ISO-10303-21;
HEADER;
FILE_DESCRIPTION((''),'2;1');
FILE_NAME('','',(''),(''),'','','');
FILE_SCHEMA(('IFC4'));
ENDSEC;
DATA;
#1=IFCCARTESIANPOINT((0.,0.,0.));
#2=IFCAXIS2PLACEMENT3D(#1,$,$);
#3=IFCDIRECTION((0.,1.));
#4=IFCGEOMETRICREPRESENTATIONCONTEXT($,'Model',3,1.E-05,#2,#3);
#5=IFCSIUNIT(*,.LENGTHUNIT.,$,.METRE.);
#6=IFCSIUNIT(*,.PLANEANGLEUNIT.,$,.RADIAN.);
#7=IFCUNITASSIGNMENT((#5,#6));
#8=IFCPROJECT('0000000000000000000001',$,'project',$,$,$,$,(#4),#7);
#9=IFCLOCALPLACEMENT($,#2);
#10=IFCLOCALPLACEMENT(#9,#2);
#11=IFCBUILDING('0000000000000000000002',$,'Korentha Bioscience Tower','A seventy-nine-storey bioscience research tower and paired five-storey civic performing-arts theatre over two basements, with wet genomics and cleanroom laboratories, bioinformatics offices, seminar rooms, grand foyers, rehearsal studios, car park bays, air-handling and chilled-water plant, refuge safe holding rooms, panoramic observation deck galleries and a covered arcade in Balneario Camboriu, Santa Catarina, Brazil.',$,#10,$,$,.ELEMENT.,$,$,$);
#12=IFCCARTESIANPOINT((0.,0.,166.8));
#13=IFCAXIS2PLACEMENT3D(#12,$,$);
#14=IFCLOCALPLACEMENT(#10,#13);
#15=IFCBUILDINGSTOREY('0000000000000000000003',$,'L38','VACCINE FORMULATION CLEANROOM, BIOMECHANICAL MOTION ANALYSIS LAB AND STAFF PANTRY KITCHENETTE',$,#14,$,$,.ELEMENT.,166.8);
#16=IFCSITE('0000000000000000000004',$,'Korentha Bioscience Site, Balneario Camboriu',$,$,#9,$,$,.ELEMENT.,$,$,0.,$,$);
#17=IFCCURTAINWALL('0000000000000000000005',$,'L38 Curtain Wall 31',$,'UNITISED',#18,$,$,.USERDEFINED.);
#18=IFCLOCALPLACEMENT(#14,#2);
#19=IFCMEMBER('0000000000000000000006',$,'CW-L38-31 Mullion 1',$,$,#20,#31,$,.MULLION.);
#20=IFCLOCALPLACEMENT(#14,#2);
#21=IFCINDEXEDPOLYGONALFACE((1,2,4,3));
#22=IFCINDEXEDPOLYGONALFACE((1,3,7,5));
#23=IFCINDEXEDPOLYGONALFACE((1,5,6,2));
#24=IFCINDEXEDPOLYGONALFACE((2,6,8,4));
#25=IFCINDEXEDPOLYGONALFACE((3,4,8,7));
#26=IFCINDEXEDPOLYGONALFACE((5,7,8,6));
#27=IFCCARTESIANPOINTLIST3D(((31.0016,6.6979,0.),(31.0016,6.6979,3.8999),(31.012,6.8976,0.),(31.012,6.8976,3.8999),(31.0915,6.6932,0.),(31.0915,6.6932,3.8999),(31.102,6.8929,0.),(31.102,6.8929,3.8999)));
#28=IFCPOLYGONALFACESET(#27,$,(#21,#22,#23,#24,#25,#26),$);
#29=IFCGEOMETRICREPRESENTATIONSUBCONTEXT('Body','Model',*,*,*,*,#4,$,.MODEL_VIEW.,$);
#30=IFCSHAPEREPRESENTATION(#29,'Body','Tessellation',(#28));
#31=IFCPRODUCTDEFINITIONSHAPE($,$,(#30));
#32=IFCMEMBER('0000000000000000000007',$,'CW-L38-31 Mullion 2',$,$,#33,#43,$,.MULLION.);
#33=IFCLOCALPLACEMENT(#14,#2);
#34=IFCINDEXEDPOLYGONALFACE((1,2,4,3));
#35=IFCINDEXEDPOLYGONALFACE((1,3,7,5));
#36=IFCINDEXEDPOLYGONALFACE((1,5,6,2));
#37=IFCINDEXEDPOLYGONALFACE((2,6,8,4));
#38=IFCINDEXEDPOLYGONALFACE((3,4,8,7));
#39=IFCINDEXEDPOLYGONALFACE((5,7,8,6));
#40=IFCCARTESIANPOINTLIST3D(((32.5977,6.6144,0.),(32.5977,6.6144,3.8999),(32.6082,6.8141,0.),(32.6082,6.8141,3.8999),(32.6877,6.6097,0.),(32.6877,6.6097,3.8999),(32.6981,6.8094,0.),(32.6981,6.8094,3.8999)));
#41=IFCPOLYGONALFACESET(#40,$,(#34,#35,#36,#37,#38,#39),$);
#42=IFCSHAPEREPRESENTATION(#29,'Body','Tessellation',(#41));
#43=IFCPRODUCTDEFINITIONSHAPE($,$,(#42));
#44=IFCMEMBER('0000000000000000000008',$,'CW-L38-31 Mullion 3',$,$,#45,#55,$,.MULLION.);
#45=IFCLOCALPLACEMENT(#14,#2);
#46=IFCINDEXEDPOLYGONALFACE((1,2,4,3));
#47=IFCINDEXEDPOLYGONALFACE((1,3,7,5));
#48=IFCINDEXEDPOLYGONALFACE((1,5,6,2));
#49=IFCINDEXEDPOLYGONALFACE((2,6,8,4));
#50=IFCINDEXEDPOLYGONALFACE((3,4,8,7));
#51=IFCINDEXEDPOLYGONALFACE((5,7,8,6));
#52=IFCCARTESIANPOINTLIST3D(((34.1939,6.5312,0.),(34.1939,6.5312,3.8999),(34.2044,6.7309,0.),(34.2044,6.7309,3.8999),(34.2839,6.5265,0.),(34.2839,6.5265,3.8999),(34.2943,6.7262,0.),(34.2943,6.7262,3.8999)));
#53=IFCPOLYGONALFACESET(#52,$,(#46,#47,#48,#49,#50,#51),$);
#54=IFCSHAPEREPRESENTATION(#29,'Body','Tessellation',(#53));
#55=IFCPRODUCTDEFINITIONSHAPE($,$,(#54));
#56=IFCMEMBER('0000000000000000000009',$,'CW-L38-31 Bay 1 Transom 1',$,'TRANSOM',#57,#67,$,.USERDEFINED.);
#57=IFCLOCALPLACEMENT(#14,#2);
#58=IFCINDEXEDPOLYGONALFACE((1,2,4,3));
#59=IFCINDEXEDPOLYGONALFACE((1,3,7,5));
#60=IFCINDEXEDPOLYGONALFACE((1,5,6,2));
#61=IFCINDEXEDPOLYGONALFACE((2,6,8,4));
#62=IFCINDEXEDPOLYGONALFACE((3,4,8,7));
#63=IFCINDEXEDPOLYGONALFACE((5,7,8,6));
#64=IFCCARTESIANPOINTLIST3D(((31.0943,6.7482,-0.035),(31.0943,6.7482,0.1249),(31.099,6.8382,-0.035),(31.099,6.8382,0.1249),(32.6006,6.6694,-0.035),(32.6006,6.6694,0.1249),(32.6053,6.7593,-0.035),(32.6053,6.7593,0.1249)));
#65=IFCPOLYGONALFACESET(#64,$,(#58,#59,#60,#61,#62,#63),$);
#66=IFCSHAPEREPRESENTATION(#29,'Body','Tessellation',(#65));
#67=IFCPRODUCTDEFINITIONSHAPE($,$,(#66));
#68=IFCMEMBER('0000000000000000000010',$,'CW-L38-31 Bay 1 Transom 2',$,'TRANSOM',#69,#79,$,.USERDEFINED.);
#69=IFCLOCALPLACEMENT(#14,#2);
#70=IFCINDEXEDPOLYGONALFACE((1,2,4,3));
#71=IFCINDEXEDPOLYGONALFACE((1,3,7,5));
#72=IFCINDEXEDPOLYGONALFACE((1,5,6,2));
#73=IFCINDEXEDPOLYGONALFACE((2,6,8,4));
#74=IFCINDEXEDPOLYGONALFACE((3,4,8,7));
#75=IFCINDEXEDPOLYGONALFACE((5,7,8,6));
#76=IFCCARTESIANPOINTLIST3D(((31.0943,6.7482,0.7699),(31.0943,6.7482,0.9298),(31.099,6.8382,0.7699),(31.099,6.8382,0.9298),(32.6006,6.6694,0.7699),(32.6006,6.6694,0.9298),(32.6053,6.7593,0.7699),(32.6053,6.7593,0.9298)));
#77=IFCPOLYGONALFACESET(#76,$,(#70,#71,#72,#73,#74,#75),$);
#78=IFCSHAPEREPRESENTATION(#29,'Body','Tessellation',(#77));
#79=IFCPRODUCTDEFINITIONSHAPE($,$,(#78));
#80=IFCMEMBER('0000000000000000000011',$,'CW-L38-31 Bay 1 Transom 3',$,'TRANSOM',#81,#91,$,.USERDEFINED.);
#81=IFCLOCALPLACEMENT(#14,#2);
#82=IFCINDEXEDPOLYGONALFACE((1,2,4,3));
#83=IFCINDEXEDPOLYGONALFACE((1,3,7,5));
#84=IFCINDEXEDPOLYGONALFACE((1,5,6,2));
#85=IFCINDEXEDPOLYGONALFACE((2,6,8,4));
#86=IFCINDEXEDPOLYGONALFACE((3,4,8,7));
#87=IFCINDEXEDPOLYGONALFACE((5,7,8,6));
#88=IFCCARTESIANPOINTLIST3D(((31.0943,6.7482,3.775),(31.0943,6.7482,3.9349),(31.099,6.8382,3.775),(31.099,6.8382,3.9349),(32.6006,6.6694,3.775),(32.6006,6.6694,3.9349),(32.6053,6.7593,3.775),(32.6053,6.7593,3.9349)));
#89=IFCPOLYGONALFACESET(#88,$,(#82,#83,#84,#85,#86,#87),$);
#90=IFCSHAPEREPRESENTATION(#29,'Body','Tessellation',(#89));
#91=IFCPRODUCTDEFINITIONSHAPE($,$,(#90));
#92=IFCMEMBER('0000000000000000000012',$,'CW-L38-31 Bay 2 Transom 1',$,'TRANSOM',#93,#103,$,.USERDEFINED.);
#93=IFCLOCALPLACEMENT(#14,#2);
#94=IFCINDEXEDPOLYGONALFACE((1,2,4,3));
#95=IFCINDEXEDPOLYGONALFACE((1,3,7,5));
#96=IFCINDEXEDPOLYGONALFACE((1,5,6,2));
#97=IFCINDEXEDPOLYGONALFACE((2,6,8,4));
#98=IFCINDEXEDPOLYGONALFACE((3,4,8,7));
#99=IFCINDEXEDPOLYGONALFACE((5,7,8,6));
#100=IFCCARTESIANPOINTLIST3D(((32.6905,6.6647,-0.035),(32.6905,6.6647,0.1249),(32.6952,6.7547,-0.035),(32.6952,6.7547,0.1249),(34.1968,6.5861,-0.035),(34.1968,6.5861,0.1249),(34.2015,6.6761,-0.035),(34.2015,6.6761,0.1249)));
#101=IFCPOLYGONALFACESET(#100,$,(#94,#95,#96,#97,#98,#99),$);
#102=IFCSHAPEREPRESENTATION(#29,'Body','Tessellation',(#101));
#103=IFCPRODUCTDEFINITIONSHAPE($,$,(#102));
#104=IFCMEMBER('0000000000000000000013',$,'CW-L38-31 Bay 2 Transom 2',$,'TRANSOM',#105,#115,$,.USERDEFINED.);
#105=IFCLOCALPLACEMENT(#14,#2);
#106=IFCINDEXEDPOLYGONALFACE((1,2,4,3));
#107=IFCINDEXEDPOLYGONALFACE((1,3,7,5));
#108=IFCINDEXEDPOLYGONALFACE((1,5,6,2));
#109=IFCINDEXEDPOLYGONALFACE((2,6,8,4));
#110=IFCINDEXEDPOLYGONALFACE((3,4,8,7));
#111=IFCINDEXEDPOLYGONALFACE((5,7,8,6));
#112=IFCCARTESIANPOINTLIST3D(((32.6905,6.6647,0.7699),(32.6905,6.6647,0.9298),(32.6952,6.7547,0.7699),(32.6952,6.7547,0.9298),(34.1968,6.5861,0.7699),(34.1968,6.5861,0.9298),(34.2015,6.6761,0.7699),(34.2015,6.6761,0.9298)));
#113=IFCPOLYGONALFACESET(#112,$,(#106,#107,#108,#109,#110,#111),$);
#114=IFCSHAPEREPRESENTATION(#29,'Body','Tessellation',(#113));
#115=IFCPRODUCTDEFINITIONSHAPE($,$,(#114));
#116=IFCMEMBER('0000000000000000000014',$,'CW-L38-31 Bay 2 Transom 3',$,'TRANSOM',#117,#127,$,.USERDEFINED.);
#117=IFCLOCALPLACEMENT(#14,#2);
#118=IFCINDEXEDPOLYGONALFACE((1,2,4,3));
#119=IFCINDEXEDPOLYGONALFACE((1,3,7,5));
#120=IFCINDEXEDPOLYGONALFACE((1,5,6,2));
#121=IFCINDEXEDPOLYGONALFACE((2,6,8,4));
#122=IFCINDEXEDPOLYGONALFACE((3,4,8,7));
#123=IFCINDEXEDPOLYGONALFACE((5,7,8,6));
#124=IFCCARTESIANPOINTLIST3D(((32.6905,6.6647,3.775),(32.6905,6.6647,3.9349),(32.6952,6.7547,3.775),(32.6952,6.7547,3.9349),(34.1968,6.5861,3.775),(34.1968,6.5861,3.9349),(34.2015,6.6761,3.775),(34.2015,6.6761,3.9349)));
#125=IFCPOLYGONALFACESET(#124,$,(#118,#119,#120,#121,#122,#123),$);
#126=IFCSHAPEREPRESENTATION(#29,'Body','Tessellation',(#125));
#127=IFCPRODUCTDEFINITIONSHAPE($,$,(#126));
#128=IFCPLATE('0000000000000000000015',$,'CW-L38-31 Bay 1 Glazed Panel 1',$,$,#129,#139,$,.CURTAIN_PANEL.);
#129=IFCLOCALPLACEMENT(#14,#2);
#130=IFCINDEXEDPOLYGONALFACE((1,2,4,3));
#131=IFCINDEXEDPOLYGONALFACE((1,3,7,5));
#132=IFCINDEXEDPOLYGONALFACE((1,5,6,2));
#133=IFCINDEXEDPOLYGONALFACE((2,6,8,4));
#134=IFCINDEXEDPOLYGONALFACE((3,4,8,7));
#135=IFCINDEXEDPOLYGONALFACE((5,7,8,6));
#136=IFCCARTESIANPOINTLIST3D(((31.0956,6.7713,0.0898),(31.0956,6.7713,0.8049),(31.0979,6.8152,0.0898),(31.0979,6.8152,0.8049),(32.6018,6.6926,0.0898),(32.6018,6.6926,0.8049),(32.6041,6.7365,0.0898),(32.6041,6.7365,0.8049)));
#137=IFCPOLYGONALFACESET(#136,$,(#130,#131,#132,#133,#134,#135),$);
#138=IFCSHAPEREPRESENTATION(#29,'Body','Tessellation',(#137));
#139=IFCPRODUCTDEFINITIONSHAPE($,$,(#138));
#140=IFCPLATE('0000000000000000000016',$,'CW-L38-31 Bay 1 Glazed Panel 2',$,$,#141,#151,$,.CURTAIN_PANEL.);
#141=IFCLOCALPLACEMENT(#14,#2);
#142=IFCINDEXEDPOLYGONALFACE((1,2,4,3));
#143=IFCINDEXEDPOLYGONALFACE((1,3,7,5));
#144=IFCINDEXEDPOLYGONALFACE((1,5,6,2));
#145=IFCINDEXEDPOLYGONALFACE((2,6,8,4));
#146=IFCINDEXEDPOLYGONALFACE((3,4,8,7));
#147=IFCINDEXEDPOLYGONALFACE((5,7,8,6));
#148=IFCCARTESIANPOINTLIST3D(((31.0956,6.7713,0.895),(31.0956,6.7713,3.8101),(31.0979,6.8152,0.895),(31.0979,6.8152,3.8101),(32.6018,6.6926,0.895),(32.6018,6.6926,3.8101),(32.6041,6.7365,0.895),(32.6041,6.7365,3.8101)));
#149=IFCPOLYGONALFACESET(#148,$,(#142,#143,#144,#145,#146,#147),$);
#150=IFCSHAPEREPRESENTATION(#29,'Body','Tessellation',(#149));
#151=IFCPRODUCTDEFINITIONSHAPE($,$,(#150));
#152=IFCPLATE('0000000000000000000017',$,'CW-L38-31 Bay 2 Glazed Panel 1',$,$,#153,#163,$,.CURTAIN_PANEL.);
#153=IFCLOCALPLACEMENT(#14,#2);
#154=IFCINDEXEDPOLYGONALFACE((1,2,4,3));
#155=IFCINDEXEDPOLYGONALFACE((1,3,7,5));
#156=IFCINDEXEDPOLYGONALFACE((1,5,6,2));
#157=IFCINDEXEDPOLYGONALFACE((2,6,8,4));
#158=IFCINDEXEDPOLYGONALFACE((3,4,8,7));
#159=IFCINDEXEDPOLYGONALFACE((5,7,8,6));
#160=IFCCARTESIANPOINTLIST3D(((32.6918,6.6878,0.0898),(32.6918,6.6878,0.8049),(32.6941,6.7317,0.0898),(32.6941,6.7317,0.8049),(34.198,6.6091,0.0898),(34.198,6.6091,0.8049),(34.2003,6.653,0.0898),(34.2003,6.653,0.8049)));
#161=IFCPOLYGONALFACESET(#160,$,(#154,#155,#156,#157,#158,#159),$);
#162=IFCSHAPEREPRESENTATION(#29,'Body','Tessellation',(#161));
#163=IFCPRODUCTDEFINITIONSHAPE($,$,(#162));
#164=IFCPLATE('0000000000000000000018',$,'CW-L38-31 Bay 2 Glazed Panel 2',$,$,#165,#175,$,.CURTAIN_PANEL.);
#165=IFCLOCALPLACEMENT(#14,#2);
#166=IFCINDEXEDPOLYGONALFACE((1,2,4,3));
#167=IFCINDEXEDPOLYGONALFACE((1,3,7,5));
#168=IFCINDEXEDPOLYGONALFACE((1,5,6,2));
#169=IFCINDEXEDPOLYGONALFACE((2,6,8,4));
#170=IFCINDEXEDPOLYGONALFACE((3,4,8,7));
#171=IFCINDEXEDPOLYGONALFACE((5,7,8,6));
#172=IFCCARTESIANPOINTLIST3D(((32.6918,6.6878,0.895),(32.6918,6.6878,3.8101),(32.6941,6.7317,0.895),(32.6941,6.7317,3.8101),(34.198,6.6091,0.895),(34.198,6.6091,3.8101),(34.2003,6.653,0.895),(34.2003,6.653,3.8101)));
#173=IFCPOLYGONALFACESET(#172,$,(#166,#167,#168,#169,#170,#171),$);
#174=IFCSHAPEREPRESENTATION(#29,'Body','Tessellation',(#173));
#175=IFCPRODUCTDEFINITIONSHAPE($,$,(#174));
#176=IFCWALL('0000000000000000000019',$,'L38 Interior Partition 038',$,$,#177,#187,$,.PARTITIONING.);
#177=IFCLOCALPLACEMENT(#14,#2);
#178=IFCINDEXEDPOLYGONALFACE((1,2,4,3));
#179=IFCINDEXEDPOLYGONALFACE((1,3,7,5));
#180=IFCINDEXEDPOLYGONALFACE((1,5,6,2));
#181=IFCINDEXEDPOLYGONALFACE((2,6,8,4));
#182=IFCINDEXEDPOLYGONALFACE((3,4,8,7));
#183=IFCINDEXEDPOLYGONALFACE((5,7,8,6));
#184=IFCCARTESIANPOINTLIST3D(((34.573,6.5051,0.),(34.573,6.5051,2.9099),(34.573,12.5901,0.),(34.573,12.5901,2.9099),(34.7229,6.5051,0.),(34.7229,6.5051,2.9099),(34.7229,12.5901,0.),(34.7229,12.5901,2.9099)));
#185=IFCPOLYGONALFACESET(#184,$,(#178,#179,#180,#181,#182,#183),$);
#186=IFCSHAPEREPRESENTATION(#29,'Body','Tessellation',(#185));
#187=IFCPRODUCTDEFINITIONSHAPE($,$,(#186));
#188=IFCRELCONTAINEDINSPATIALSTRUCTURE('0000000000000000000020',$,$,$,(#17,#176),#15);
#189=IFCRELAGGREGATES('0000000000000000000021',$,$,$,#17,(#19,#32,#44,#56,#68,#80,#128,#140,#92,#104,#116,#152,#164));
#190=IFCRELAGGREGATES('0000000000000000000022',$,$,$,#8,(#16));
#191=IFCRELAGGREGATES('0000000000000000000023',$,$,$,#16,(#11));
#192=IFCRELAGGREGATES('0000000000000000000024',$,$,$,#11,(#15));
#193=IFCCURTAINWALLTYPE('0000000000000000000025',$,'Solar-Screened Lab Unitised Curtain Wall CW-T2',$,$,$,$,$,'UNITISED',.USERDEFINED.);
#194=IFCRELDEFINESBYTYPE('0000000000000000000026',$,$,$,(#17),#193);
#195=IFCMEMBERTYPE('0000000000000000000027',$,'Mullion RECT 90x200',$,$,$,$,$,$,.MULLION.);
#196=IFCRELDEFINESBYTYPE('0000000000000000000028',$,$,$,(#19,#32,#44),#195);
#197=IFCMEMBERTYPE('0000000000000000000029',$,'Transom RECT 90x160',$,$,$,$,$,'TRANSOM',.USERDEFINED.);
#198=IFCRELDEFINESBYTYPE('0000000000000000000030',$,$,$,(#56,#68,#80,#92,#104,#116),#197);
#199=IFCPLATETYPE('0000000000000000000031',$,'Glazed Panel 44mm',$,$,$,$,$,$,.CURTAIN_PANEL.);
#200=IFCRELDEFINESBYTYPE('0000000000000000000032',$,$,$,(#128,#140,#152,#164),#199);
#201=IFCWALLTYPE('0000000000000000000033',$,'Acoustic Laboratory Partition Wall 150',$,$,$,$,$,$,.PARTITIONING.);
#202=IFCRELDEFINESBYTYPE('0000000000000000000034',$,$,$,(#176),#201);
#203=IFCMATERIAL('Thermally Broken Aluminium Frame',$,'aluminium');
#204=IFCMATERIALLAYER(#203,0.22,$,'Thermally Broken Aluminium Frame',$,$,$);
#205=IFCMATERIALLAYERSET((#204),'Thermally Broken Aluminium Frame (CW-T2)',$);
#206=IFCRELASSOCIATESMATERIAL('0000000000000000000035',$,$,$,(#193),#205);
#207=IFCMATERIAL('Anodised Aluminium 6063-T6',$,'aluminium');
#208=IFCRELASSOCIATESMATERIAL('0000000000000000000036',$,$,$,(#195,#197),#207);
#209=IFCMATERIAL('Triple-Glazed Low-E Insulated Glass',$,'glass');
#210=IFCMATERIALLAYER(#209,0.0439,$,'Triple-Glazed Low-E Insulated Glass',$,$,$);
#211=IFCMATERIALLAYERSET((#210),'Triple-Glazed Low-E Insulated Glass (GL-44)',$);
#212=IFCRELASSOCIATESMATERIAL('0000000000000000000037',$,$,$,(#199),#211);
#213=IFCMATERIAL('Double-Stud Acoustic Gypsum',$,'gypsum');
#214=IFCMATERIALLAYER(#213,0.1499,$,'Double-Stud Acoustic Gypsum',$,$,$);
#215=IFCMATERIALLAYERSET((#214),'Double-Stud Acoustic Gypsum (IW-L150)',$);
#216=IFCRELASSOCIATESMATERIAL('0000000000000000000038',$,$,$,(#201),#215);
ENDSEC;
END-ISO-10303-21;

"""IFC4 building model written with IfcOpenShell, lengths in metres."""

from ifc_helpers import new_model, si_unit, direction, frame, frame_2d, origin, origin_2d, place, context, subcontext, project, spatial, rectangle, extrude, material, layer, layer_set, material_profile, profile_set, type_object, element, aggregate, save


model = new_model("IFC4")

# Units and contexts
model_context = context("Model", 3, precision=1e-05, world=origin(), true_north=direction((0.0, 1.0)))
body_context = subcontext(model_context, "Body", "Model", "MODEL_VIEW")
ifc_project = project(units=[si_unit("LENGTHUNIT", "METRE"), si_unit("PLANEANGLEUNIT", "RADIAN")], contexts=[model_context])

# Site, building, storey
site_placement = place(None, origin())
site = spatial("IfcSite", under=ifc_project, at=site_placement, Name="Korentha Bioscience Site, Balneario Camboriu", CompositionType="ELEMENT", RefElevation=0.0)
building_placement = place(site_placement, origin())
building = spatial("IfcBuilding", under=site, at=building_placement, Name="Korentha Bioscience Tower", Description="A seventy-nine-storey bioscience research tower and paired five-storey civic performing-arts theatre over two basements, with wet genomics and cleanroom laboratories, bioinformatics offices, seminar rooms, grand foyers, rehearsal studios, car park bays, air-handling and chilled-water plant, refuge safe holding rooms, panoramic observation deck galleries and a covered arcade in Balneario Camboriu, Santa Catarina, Brazil.", CompositionType="ELEMENT")
storey_placement = place(building_placement, frame((0.0, 0.0, 166.8)))
storey = spatial("IfcBuildingStorey", under=building, at=storey_placement, Name="L38", Description="VACCINE FORMULATION CLEANROOM, BIOMECHANICAL MOTION ANALYSIS LAB AND STAFF PANTRY KITCHENETTE", CompositionType="ELEMENT", Elevation=166.8)

# Curtain wall, members, plates
ifc_material_1 = material(Name="Thermally Broken Aluminium Frame", Category="aluminium")
ifc_layer_1 = layer(ifc_material_1, 0.22, Name="Thermally Broken Aluminium Frame")
ifc_layer_set_1 = layer_set([ifc_layer_1], Name="Thermally Broken Aluminium Frame (CW-T2)")
curtain_wall_type = type_object("IfcCurtainWallType", Name="Solar-Screened Lab Unitised Curtain Wall CW-T2", ElementType="UNITISED", PredefinedType="USERDEFINED", material=ifc_layer_set_1)
curtain_wall_placement = place(storey_placement, origin())
curtain_wall = element("IfcCurtainWall", 1, at=curtain_wall_placement, inside=storey, type_object=curtain_wall_type, Name="L38 Curtain Wall 31", ObjectType="UNITISED", PredefinedType="USERDEFINED")
ifc_material_2 = material(Name="Anodised Aluminium 6063-T6", Category="aluminium")
ifc_material_profile_1 = material_profile(ifc_material_2, rectangle(XDim=0.0901, YDim=0.2, at=origin_2d()), Name="Anodised Aluminium 6063-T6")
ifc_profile_set_1 = profile_set([ifc_material_profile_1], Name="Anodised Aluminium 6063-T6 (CW-MUL)")
member_type_1 = type_object("IfcMemberType", Name="Mullion RECT 90x200", PredefinedType="MULLION", material=ifc_profile_set_1)
member_1_placement = place(storey_placement, frame((31.0518, 6.7954, 0.0), z_axis=(0.0, 0.0, 1.0), x_axis=(0.998638, -0.05218, 0.0)))
member_1 = element("IfcMember", 2, at=member_1_placement, type_object=member_type_1, Name="CW-L38-31 Mullion 1", PredefinedType="MULLION", context=body_context, shape_type="SweptSolid", body=[
    extrude(rectangle(XDim=0.0901, YDim=0.2, at=origin_2d()), origin(), (0.0, 0.0, 1.0), 3.8999),
])
member_2_placement = place(storey_placement, frame((32.6479, 6.7119, 0.0), z_axis=(0.0, 0.0, 1.0), x_axis=(0.998638, -0.05218, 0.0)))
member_2 = element("IfcMember", 3, at=member_2_placement, type_object=member_type_1, Name="CW-L38-31 Mullion 2", PredefinedType="MULLION", context=body_context, shape_type="SweptSolid", body=[
    extrude(rectangle(XDim=0.0901, YDim=0.2, at=origin_2d()), origin(), (0.0, 0.0, 1.0), 3.8999),
])
member_3_placement = place(storey_placement, frame((34.2441, 6.6287, 0.0), z_axis=(0.0, 0.0, 1.0), x_axis=(0.998638, -0.05218, 0.0)))
member_3 = element("IfcMember", 4, at=member_3_placement, type_object=member_type_1, Name="CW-L38-31 Mullion 3", PredefinedType="MULLION", context=body_context, shape_type="SweptSolid", body=[
    extrude(rectangle(XDim=0.0901, YDim=0.2, at=origin_2d()), origin(), (0.0, 0.0, 1.0), 3.8999),
])
ifc_material_profile_2 = material_profile(ifc_material_2, rectangle(XDim=0.0901, YDim=0.1599, at=origin_2d()), Name="Anodised Aluminium 6063-T6")
ifc_profile_set_2 = profile_set([ifc_material_profile_2], Name="Anodised Aluminium 6063-T6 (CW-TRN)")
member_type_2 = type_object("IfcMemberType", Name="Transom RECT 90x160", ElementType="TRANSOM", PredefinedType="USERDEFINED", material=ifc_profile_set_2)
member_4_placement = place(storey_placement, frame((31.0967, 6.7932, 0.0449), z_axis=(0.998633, -0.052278, 0.0), x_axis=(0.052278, 0.998633, 0.0)))
member_4 = element("IfcMember", 5, at=member_4_placement, type_object=member_type_2, Name="CW-L38-31 Bay 1 Transom 1", ObjectType="TRANSOM", PredefinedType="USERDEFINED", context=body_context, shape_type="SweptSolid", body=[
    extrude(rectangle(XDim=0.0901, YDim=0.1599, at=origin_2d()), origin(), (0.0, 0.0, 1.0), 1.5083),
])
member_5_placement = place(storey_placement, frame((31.0967, 6.7932, 0.8499), z_axis=(0.998633, -0.052278, 0.0), x_axis=(0.052278, 0.998633, 0.0)))
member_5 = element("IfcMember", 6, at=member_5_placement, type_object=member_type_2, Name="CW-L38-31 Bay 1 Transom 2", ObjectType="TRANSOM", PredefinedType="USERDEFINED", context=body_context, shape_type="SweptSolid", body=[
    extrude(rectangle(XDim=0.0901, YDim=0.1599, at=origin_2d()), origin(), (0.0, 0.0, 1.0), 1.5083),
])
member_6_placement = place(storey_placement, frame((31.0967, 6.7932, 3.855), z_axis=(0.998633, -0.052278, 0.0), x_axis=(0.052278, 0.998633, 0.0)))
member_6 = element("IfcMember", 7, at=member_6_placement, type_object=member_type_2, Name="CW-L38-31 Bay 1 Transom 3", ObjectType="TRANSOM", PredefinedType="USERDEFINED", context=body_context, shape_type="SweptSolid", body=[
    extrude(rectangle(XDim=0.0901, YDim=0.1599, at=origin_2d()), origin(), (0.0, 0.0, 1.0), 1.5083),
])
member_7_placement = place(storey_placement, frame((32.6929, 6.7097, 0.0449), z_axis=(0.998641, -0.052117, 0.0), x_axis=(0.052117, 0.998641, 0.0)))
member_7 = element("IfcMember", 8, at=member_7_placement, type_object=member_type_2, Name="CW-L38-31 Bay 2 Transom 1", ObjectType="TRANSOM", PredefinedType="USERDEFINED", context=body_context, shape_type="SweptSolid", body=[
    extrude(rectangle(XDim=0.0901, YDim=0.1599, at=origin_2d()), origin(), (0.0, 0.0, 1.0), 1.5083),
])
member_8_placement = place(storey_placement, frame((32.6929, 6.7097, 0.8499), z_axis=(0.998641, -0.052117, 0.0), x_axis=(0.052117, 0.998641, 0.0)))
member_8 = element("IfcMember", 9, at=member_8_placement, type_object=member_type_2, Name="CW-L38-31 Bay 2 Transom 2", ObjectType="TRANSOM", PredefinedType="USERDEFINED", context=body_context, shape_type="SweptSolid", body=[
    extrude(rectangle(XDim=0.0901, YDim=0.1599, at=origin_2d()), origin(), (0.0, 0.0, 1.0), 1.5083),
])
member_9_placement = place(storey_placement, frame((32.6929, 6.7097, 3.855), z_axis=(0.998641, -0.052117, 0.0), x_axis=(0.052117, 0.998641, 0.0)))
member_9 = element("IfcMember", 10, at=member_9_placement, type_object=member_type_2, Name="CW-L38-31 Bay 2 Transom 3", ObjectType="TRANSOM", PredefinedType="USERDEFINED", context=body_context, shape_type="SweptSolid", body=[
    extrude(rectangle(XDim=0.0901, YDim=0.1599, at=origin_2d()), origin(), (0.0, 0.0, 1.0), 1.5083),
])
ifc_material_3 = material(Name="Triple-Glazed Low-E Insulated Glass", Category="glass")
ifc_layer_2 = layer(ifc_material_3, 0.0439, Name="Triple-Glazed Low-E Insulated Glass")
ifc_layer_set_2 = layer_set([ifc_layer_2], Name="Triple-Glazed Low-E Insulated Glass (GL-44)")
plate_type = type_object("IfcPlateType", Name="Glazed Panel 44mm", PredefinedType="CURTAIN_PANEL", material=ifc_layer_set_2)
plate_1_placement = place(storey_placement, frame((31.8499, 6.7539, 0.0898), z_axis=(0.0, 0.0, 1.0), x_axis=(0.998638, -0.05218, 0.0)))
plate_1 = element("IfcPlate", 11, at=plate_1_placement, type_object=plate_type, Name="CW-L38-31 Bay 1 Glazed Panel 1", PredefinedType="CURTAIN_PANEL", context=body_context, shape_type="SweptSolid", body=[
    extrude(rectangle(XDim=1.5083, YDim=0.0439, at=origin_2d()), origin(), (0.0, 0.0, 1.0), 0.7151),
])
plate_2_placement = place(storey_placement, frame((31.8499, 6.7539, 0.895), z_axis=(0.0, 0.0, 1.0), x_axis=(0.998638, -0.05218, 0.0)))
plate_2 = element("IfcPlate", 12, at=plate_2_placement, type_object=plate_type, Name="CW-L38-31 Bay 1 Glazed Panel 2", PredefinedType="CURTAIN_PANEL", context=body_context, shape_type="SweptSolid", body=[
    extrude(rectangle(XDim=1.5083, YDim=0.0439, at=origin_2d()), origin(), (0.0, 0.0, 1.0), 2.915),
])
plate_3_placement = place(storey_placement, frame((33.446, 6.6704, 0.0898), z_axis=(0.0, 0.0, 1.0), x_axis=(0.998638, -0.05218, 0.0)))
plate_3 = element("IfcPlate", 13, at=plate_3_placement, type_object=plate_type, Name="CW-L38-31 Bay 2 Glazed Panel 1", PredefinedType="CURTAIN_PANEL", context=body_context, shape_type="SweptSolid", body=[
    extrude(rectangle(XDim=1.5083, YDim=0.0439, at=origin_2d()), origin(), (0.0, 0.0, 1.0), 0.7151),
])
plate_4_placement = place(storey_placement, frame((33.446, 6.6704, 0.895), z_axis=(0.0, 0.0, 1.0), x_axis=(0.998638, -0.05218, 0.0)))
plate_4 = element("IfcPlate", 14, at=plate_4_placement, type_object=plate_type, Name="CW-L38-31 Bay 2 Glazed Panel 2", PredefinedType="CURTAIN_PANEL", context=body_context, shape_type="SweptSolid", body=[
    extrude(rectangle(XDim=1.5083, YDim=0.0439, at=origin_2d()), origin(), (0.0, 0.0, 1.0), 2.915),
])
aggregate(curtain_wall, [member_1, member_2, member_3, member_4, member_5, member_6, plate_1, plate_2, member_7, member_8, member_9, plate_3, plate_4])

# Wall
ifc_material_4 = material(Name="Double-Stud Acoustic Gypsum", Category="gypsum")
ifc_layer_3 = layer(ifc_material_4, 0.1499, Name="Double-Stud Acoustic Gypsum")
ifc_layer_set_3 = layer_set([ifc_layer_3], Name="Double-Stud Acoustic Gypsum (IW-L150)")
wall_type_1 = type_object("IfcWallType", Name="Acoustic Laboratory Partition Wall 150", PredefinedType="PARTITIONING", material=ifc_layer_set_3)
wall_1_placement = place(storey_placement, frame((34.6479, 12.5901, 0.0), z_axis=(0.0, 0.0, 1.0), x_axis=(0.0, -1.0, 0.0)))
element("IfcWall", 15, at=wall_1_placement, inside=storey, type_object=wall_type_1, Name="L38 Interior Partition 038", PredefinedType="PARTITIONING", context=body_context, shape_type="SweptSolid", body=[
    extrude(rectangle(XDim=6.085, YDim=0.1499, at=frame_2d((3.0425, 0.0))), origin(), (0.0, 0.0, 1.0), 2.9099),
])

save(model, "model.ifc")
